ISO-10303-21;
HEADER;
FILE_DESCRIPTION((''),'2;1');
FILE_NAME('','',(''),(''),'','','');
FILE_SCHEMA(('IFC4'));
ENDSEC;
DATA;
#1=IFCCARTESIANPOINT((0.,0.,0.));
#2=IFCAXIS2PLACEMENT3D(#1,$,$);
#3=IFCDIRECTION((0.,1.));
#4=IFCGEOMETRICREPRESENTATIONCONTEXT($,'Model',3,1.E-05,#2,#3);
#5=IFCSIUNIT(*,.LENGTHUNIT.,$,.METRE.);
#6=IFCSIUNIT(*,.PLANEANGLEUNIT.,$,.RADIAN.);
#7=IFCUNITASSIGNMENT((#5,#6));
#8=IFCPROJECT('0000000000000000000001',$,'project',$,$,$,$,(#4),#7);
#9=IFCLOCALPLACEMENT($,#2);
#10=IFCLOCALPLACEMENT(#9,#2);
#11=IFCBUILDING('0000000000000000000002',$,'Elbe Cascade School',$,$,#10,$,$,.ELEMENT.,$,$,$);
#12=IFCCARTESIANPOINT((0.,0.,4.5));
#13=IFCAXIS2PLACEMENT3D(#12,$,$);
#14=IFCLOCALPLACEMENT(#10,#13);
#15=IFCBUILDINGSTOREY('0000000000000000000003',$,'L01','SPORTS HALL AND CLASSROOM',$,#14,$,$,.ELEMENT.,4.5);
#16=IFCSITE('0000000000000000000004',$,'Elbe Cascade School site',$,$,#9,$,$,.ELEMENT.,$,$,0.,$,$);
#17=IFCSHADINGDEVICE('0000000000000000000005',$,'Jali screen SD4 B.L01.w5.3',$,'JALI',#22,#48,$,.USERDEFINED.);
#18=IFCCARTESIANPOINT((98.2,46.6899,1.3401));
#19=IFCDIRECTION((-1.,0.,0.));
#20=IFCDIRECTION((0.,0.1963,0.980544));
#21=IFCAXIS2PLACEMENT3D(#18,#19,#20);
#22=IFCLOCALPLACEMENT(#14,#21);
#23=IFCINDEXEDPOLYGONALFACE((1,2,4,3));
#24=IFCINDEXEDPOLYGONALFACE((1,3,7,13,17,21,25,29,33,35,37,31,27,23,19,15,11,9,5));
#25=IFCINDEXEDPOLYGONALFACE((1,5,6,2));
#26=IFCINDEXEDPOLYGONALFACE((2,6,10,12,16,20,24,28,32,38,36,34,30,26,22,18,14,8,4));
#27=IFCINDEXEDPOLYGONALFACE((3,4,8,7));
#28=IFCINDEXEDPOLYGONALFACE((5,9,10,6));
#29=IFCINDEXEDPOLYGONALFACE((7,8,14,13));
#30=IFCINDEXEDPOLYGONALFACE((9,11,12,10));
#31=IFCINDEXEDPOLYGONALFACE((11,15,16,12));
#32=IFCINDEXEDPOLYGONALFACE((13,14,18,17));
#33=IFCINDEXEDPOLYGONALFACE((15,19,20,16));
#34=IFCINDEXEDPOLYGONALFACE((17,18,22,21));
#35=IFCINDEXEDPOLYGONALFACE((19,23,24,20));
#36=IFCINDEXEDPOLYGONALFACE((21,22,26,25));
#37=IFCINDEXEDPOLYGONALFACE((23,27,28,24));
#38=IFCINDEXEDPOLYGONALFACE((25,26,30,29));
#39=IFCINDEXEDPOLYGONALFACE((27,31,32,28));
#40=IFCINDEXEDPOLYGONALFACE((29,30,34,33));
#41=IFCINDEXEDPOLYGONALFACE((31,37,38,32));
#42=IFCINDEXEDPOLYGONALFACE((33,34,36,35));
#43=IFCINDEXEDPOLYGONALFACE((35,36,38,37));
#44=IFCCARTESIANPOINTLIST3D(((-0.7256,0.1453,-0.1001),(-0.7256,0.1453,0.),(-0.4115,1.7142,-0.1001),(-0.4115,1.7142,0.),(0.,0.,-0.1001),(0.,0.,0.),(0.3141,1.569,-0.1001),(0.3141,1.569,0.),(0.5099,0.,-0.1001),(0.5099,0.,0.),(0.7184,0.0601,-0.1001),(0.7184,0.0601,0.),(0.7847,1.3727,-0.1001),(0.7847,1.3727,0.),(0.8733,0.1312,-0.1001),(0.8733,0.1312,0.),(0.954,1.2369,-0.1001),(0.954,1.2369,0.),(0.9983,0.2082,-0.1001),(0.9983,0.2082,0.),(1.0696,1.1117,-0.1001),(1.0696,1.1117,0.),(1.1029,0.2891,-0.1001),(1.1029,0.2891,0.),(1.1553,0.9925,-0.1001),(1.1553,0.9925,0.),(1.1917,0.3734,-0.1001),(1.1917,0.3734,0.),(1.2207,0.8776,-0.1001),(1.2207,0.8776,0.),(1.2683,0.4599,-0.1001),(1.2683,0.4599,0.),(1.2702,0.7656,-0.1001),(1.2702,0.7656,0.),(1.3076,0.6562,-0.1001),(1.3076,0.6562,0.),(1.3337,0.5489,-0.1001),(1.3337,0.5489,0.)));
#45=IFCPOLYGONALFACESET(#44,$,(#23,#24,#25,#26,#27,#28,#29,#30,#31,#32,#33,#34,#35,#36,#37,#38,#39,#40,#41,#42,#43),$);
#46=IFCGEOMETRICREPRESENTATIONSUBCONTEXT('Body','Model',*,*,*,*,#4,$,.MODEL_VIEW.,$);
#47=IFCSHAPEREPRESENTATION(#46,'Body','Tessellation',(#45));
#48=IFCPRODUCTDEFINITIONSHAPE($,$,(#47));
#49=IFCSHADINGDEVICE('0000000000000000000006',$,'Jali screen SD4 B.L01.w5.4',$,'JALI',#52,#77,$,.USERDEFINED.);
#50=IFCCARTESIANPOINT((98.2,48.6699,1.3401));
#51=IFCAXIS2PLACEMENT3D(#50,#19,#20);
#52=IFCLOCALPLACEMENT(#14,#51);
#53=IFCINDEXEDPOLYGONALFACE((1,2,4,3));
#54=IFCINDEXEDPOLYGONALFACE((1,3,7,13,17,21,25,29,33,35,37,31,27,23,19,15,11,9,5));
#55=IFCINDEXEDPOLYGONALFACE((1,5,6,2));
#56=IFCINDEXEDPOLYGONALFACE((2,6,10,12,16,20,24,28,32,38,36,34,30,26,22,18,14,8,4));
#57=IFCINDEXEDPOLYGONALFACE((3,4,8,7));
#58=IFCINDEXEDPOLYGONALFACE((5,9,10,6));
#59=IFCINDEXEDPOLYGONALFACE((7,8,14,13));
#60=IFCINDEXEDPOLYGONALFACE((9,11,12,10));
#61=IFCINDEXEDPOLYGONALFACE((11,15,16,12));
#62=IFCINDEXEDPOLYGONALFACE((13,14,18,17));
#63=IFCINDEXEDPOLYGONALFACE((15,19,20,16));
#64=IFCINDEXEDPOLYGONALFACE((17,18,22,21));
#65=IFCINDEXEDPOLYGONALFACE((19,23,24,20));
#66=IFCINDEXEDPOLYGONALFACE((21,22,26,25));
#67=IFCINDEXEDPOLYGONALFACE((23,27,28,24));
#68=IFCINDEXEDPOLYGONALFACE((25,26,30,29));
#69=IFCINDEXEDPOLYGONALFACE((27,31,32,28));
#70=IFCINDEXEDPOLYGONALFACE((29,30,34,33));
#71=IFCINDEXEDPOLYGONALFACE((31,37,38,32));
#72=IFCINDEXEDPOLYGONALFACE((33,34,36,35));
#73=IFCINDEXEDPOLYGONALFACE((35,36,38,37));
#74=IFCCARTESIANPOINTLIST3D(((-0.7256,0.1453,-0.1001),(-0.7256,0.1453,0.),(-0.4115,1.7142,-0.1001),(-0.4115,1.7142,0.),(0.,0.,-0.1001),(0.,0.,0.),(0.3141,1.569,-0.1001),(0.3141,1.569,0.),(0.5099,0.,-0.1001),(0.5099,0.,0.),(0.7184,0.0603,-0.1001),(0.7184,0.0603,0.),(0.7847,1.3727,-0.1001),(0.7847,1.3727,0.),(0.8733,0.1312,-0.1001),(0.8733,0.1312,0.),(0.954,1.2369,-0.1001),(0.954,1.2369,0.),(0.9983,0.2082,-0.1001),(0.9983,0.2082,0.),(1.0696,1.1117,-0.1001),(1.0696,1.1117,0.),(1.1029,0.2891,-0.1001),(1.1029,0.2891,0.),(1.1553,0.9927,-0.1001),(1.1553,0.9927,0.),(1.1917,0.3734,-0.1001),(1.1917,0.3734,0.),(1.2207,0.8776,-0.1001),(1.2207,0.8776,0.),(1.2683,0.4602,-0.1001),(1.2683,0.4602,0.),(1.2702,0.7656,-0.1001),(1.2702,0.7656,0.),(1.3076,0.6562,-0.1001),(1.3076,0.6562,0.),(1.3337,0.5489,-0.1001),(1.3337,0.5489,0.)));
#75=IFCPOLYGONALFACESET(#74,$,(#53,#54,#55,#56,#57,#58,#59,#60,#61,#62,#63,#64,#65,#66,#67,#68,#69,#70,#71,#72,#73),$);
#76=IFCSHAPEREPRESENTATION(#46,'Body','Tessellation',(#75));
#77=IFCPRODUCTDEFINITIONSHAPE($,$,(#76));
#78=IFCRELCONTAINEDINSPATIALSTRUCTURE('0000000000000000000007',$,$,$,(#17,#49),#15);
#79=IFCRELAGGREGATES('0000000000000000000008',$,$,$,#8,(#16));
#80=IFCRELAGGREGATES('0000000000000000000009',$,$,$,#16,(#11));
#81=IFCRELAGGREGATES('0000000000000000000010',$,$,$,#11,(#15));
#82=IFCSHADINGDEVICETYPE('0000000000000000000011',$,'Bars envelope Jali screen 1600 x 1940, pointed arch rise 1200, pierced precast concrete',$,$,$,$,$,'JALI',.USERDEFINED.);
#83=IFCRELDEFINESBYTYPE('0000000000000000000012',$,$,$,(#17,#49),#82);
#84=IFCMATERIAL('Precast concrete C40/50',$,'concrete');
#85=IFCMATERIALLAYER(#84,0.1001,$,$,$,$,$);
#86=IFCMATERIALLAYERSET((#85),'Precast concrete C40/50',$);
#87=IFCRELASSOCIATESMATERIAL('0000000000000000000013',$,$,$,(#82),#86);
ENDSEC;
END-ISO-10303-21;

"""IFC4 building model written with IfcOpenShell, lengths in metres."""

from ifc_helpers import new_model, si_unit, direction, frame, origin, place, context, subcontext, project, spatial, polyline, outline, extrude, material, layer, layer_set, type_object, element, save


model = new_model("IFC4")

# Units and contexts
model_context = context("Model", 3, precision=1e-05, world=origin(), true_north=direction((0.0, 1.0)))
body_context = subcontext(model_context, "Body", "Model", "MODEL_VIEW")
ifc_project = project(units=[si_unit("LENGTHUNIT", "METRE"), si_unit("PLANEANGLEUNIT", "RADIAN")], contexts=[model_context])

# Site, building, storey
site_placement = place(None, origin())
site = spatial("IfcSite", under=ifc_project, at=site_placement, Name="Elbe Cascade School site", CompositionType="ELEMENT", RefElevation=0.0)
building_placement = place(site_placement, origin())
building = spatial("IfcBuilding", under=site, at=building_placement, Name="Elbe Cascade School", CompositionType="ELEMENT")
storey_placement = place(building_placement, frame((0.0, 0.0, 4.5)))
storey = spatial("IfcBuildingStorey", under=building, at=storey_placement, Name="L01", Description="SPORTS HALL AND CLASSROOM", CompositionType="ELEMENT", Elevation=4.5)

# Shading devices
ifc_material_1 = material(Name="Precast concrete C40/50", Category="concrete")
ifc_layer_1 = layer(ifc_material_1, 0.1001)
ifc_layer_set_1 = layer_set([ifc_layer_1], Name="Precast concrete C40/50")
shading_device_type_1 = type_object("IfcShadingDeviceType", Name="Bars envelope Jali screen 1600 x 1940, pointed arch rise 1200, pierced precast concrete", ElementType="JALI", PredefinedType="USERDEFINED", material=ifc_layer_set_1)
shading_device_1_placement = place(storey_placement, frame((98.2, 46.6899, 1.3401), z_axis=(-1.0, 0.0, 0.0), x_axis=(0.0, 0.1963, 0.980544)))
element("IfcShadingDevice", 1, at=shading_device_1_placement, inside=storey, type_object=shading_device_type_1, Name="Jali screen SD4 B.L01.w5.3", ObjectType="JALI", PredefinedType="USERDEFINED", context=body_context, shape_type="SweptSolid", body=[
    extrude(outline(polyline([(0.0, 0.0), (0.5099, 0.0), (0.7184, 0.0601), (0.8733, 0.1312), (0.9983, 0.2082), (1.1029, 0.2891), (1.1917, 0.3734), (1.2683, 0.4599), (1.3337, 0.5489), (1.3076, 0.6562), (1.2702, 0.7656), (1.2207, 0.8776), (1.1553, 0.9925), (1.0696, 1.1117), (0.954, 1.2369), (0.7847, 1.3727), (0.3141, 1.569), (-0.4115, 1.7142), (-0.7256, 0.1453), (0.0, 0.0)])), origin(), (0.0, 0.0, -1.0), 0.1001),
])
shading_device_2_placement = place(storey_placement, frame((98.2, 48.6699, 1.3401), z_axis=(-1.0, 0.0, 0.0), x_axis=(0.0, 0.1963, 0.980544)))
element("IfcShadingDevice", 2, at=shading_device_2_placement, inside=storey, type_object=shading_device_type_1, Name="Jali screen SD4 B.L01.w5.4", ObjectType="JALI", PredefinedType="USERDEFINED", context=body_context, shape_type="SweptSolid", body=[
    extrude(outline(polyline([(0.0, 0.0), (0.5099, 0.0), (0.7184, 0.0603), (0.8733, 0.1312), (0.9983, 0.2082), (1.1029, 0.2891), (1.1917, 0.3734), (1.2683, 0.4602), (1.3337, 0.5489), (1.3076, 0.6562), (1.2702, 0.7656), (1.2207, 0.8776), (1.1553, 0.9927), (1.0696, 1.1117), (0.954, 1.2369), (0.7847, 1.3727), (0.3141, 1.569), (-0.4115, 1.7142), (-0.7256, 0.1453), (0.0, 0.0)])), origin(), (0.0, 0.0, -1.0), 0.1001),
])

save(model, "model.ifc")
